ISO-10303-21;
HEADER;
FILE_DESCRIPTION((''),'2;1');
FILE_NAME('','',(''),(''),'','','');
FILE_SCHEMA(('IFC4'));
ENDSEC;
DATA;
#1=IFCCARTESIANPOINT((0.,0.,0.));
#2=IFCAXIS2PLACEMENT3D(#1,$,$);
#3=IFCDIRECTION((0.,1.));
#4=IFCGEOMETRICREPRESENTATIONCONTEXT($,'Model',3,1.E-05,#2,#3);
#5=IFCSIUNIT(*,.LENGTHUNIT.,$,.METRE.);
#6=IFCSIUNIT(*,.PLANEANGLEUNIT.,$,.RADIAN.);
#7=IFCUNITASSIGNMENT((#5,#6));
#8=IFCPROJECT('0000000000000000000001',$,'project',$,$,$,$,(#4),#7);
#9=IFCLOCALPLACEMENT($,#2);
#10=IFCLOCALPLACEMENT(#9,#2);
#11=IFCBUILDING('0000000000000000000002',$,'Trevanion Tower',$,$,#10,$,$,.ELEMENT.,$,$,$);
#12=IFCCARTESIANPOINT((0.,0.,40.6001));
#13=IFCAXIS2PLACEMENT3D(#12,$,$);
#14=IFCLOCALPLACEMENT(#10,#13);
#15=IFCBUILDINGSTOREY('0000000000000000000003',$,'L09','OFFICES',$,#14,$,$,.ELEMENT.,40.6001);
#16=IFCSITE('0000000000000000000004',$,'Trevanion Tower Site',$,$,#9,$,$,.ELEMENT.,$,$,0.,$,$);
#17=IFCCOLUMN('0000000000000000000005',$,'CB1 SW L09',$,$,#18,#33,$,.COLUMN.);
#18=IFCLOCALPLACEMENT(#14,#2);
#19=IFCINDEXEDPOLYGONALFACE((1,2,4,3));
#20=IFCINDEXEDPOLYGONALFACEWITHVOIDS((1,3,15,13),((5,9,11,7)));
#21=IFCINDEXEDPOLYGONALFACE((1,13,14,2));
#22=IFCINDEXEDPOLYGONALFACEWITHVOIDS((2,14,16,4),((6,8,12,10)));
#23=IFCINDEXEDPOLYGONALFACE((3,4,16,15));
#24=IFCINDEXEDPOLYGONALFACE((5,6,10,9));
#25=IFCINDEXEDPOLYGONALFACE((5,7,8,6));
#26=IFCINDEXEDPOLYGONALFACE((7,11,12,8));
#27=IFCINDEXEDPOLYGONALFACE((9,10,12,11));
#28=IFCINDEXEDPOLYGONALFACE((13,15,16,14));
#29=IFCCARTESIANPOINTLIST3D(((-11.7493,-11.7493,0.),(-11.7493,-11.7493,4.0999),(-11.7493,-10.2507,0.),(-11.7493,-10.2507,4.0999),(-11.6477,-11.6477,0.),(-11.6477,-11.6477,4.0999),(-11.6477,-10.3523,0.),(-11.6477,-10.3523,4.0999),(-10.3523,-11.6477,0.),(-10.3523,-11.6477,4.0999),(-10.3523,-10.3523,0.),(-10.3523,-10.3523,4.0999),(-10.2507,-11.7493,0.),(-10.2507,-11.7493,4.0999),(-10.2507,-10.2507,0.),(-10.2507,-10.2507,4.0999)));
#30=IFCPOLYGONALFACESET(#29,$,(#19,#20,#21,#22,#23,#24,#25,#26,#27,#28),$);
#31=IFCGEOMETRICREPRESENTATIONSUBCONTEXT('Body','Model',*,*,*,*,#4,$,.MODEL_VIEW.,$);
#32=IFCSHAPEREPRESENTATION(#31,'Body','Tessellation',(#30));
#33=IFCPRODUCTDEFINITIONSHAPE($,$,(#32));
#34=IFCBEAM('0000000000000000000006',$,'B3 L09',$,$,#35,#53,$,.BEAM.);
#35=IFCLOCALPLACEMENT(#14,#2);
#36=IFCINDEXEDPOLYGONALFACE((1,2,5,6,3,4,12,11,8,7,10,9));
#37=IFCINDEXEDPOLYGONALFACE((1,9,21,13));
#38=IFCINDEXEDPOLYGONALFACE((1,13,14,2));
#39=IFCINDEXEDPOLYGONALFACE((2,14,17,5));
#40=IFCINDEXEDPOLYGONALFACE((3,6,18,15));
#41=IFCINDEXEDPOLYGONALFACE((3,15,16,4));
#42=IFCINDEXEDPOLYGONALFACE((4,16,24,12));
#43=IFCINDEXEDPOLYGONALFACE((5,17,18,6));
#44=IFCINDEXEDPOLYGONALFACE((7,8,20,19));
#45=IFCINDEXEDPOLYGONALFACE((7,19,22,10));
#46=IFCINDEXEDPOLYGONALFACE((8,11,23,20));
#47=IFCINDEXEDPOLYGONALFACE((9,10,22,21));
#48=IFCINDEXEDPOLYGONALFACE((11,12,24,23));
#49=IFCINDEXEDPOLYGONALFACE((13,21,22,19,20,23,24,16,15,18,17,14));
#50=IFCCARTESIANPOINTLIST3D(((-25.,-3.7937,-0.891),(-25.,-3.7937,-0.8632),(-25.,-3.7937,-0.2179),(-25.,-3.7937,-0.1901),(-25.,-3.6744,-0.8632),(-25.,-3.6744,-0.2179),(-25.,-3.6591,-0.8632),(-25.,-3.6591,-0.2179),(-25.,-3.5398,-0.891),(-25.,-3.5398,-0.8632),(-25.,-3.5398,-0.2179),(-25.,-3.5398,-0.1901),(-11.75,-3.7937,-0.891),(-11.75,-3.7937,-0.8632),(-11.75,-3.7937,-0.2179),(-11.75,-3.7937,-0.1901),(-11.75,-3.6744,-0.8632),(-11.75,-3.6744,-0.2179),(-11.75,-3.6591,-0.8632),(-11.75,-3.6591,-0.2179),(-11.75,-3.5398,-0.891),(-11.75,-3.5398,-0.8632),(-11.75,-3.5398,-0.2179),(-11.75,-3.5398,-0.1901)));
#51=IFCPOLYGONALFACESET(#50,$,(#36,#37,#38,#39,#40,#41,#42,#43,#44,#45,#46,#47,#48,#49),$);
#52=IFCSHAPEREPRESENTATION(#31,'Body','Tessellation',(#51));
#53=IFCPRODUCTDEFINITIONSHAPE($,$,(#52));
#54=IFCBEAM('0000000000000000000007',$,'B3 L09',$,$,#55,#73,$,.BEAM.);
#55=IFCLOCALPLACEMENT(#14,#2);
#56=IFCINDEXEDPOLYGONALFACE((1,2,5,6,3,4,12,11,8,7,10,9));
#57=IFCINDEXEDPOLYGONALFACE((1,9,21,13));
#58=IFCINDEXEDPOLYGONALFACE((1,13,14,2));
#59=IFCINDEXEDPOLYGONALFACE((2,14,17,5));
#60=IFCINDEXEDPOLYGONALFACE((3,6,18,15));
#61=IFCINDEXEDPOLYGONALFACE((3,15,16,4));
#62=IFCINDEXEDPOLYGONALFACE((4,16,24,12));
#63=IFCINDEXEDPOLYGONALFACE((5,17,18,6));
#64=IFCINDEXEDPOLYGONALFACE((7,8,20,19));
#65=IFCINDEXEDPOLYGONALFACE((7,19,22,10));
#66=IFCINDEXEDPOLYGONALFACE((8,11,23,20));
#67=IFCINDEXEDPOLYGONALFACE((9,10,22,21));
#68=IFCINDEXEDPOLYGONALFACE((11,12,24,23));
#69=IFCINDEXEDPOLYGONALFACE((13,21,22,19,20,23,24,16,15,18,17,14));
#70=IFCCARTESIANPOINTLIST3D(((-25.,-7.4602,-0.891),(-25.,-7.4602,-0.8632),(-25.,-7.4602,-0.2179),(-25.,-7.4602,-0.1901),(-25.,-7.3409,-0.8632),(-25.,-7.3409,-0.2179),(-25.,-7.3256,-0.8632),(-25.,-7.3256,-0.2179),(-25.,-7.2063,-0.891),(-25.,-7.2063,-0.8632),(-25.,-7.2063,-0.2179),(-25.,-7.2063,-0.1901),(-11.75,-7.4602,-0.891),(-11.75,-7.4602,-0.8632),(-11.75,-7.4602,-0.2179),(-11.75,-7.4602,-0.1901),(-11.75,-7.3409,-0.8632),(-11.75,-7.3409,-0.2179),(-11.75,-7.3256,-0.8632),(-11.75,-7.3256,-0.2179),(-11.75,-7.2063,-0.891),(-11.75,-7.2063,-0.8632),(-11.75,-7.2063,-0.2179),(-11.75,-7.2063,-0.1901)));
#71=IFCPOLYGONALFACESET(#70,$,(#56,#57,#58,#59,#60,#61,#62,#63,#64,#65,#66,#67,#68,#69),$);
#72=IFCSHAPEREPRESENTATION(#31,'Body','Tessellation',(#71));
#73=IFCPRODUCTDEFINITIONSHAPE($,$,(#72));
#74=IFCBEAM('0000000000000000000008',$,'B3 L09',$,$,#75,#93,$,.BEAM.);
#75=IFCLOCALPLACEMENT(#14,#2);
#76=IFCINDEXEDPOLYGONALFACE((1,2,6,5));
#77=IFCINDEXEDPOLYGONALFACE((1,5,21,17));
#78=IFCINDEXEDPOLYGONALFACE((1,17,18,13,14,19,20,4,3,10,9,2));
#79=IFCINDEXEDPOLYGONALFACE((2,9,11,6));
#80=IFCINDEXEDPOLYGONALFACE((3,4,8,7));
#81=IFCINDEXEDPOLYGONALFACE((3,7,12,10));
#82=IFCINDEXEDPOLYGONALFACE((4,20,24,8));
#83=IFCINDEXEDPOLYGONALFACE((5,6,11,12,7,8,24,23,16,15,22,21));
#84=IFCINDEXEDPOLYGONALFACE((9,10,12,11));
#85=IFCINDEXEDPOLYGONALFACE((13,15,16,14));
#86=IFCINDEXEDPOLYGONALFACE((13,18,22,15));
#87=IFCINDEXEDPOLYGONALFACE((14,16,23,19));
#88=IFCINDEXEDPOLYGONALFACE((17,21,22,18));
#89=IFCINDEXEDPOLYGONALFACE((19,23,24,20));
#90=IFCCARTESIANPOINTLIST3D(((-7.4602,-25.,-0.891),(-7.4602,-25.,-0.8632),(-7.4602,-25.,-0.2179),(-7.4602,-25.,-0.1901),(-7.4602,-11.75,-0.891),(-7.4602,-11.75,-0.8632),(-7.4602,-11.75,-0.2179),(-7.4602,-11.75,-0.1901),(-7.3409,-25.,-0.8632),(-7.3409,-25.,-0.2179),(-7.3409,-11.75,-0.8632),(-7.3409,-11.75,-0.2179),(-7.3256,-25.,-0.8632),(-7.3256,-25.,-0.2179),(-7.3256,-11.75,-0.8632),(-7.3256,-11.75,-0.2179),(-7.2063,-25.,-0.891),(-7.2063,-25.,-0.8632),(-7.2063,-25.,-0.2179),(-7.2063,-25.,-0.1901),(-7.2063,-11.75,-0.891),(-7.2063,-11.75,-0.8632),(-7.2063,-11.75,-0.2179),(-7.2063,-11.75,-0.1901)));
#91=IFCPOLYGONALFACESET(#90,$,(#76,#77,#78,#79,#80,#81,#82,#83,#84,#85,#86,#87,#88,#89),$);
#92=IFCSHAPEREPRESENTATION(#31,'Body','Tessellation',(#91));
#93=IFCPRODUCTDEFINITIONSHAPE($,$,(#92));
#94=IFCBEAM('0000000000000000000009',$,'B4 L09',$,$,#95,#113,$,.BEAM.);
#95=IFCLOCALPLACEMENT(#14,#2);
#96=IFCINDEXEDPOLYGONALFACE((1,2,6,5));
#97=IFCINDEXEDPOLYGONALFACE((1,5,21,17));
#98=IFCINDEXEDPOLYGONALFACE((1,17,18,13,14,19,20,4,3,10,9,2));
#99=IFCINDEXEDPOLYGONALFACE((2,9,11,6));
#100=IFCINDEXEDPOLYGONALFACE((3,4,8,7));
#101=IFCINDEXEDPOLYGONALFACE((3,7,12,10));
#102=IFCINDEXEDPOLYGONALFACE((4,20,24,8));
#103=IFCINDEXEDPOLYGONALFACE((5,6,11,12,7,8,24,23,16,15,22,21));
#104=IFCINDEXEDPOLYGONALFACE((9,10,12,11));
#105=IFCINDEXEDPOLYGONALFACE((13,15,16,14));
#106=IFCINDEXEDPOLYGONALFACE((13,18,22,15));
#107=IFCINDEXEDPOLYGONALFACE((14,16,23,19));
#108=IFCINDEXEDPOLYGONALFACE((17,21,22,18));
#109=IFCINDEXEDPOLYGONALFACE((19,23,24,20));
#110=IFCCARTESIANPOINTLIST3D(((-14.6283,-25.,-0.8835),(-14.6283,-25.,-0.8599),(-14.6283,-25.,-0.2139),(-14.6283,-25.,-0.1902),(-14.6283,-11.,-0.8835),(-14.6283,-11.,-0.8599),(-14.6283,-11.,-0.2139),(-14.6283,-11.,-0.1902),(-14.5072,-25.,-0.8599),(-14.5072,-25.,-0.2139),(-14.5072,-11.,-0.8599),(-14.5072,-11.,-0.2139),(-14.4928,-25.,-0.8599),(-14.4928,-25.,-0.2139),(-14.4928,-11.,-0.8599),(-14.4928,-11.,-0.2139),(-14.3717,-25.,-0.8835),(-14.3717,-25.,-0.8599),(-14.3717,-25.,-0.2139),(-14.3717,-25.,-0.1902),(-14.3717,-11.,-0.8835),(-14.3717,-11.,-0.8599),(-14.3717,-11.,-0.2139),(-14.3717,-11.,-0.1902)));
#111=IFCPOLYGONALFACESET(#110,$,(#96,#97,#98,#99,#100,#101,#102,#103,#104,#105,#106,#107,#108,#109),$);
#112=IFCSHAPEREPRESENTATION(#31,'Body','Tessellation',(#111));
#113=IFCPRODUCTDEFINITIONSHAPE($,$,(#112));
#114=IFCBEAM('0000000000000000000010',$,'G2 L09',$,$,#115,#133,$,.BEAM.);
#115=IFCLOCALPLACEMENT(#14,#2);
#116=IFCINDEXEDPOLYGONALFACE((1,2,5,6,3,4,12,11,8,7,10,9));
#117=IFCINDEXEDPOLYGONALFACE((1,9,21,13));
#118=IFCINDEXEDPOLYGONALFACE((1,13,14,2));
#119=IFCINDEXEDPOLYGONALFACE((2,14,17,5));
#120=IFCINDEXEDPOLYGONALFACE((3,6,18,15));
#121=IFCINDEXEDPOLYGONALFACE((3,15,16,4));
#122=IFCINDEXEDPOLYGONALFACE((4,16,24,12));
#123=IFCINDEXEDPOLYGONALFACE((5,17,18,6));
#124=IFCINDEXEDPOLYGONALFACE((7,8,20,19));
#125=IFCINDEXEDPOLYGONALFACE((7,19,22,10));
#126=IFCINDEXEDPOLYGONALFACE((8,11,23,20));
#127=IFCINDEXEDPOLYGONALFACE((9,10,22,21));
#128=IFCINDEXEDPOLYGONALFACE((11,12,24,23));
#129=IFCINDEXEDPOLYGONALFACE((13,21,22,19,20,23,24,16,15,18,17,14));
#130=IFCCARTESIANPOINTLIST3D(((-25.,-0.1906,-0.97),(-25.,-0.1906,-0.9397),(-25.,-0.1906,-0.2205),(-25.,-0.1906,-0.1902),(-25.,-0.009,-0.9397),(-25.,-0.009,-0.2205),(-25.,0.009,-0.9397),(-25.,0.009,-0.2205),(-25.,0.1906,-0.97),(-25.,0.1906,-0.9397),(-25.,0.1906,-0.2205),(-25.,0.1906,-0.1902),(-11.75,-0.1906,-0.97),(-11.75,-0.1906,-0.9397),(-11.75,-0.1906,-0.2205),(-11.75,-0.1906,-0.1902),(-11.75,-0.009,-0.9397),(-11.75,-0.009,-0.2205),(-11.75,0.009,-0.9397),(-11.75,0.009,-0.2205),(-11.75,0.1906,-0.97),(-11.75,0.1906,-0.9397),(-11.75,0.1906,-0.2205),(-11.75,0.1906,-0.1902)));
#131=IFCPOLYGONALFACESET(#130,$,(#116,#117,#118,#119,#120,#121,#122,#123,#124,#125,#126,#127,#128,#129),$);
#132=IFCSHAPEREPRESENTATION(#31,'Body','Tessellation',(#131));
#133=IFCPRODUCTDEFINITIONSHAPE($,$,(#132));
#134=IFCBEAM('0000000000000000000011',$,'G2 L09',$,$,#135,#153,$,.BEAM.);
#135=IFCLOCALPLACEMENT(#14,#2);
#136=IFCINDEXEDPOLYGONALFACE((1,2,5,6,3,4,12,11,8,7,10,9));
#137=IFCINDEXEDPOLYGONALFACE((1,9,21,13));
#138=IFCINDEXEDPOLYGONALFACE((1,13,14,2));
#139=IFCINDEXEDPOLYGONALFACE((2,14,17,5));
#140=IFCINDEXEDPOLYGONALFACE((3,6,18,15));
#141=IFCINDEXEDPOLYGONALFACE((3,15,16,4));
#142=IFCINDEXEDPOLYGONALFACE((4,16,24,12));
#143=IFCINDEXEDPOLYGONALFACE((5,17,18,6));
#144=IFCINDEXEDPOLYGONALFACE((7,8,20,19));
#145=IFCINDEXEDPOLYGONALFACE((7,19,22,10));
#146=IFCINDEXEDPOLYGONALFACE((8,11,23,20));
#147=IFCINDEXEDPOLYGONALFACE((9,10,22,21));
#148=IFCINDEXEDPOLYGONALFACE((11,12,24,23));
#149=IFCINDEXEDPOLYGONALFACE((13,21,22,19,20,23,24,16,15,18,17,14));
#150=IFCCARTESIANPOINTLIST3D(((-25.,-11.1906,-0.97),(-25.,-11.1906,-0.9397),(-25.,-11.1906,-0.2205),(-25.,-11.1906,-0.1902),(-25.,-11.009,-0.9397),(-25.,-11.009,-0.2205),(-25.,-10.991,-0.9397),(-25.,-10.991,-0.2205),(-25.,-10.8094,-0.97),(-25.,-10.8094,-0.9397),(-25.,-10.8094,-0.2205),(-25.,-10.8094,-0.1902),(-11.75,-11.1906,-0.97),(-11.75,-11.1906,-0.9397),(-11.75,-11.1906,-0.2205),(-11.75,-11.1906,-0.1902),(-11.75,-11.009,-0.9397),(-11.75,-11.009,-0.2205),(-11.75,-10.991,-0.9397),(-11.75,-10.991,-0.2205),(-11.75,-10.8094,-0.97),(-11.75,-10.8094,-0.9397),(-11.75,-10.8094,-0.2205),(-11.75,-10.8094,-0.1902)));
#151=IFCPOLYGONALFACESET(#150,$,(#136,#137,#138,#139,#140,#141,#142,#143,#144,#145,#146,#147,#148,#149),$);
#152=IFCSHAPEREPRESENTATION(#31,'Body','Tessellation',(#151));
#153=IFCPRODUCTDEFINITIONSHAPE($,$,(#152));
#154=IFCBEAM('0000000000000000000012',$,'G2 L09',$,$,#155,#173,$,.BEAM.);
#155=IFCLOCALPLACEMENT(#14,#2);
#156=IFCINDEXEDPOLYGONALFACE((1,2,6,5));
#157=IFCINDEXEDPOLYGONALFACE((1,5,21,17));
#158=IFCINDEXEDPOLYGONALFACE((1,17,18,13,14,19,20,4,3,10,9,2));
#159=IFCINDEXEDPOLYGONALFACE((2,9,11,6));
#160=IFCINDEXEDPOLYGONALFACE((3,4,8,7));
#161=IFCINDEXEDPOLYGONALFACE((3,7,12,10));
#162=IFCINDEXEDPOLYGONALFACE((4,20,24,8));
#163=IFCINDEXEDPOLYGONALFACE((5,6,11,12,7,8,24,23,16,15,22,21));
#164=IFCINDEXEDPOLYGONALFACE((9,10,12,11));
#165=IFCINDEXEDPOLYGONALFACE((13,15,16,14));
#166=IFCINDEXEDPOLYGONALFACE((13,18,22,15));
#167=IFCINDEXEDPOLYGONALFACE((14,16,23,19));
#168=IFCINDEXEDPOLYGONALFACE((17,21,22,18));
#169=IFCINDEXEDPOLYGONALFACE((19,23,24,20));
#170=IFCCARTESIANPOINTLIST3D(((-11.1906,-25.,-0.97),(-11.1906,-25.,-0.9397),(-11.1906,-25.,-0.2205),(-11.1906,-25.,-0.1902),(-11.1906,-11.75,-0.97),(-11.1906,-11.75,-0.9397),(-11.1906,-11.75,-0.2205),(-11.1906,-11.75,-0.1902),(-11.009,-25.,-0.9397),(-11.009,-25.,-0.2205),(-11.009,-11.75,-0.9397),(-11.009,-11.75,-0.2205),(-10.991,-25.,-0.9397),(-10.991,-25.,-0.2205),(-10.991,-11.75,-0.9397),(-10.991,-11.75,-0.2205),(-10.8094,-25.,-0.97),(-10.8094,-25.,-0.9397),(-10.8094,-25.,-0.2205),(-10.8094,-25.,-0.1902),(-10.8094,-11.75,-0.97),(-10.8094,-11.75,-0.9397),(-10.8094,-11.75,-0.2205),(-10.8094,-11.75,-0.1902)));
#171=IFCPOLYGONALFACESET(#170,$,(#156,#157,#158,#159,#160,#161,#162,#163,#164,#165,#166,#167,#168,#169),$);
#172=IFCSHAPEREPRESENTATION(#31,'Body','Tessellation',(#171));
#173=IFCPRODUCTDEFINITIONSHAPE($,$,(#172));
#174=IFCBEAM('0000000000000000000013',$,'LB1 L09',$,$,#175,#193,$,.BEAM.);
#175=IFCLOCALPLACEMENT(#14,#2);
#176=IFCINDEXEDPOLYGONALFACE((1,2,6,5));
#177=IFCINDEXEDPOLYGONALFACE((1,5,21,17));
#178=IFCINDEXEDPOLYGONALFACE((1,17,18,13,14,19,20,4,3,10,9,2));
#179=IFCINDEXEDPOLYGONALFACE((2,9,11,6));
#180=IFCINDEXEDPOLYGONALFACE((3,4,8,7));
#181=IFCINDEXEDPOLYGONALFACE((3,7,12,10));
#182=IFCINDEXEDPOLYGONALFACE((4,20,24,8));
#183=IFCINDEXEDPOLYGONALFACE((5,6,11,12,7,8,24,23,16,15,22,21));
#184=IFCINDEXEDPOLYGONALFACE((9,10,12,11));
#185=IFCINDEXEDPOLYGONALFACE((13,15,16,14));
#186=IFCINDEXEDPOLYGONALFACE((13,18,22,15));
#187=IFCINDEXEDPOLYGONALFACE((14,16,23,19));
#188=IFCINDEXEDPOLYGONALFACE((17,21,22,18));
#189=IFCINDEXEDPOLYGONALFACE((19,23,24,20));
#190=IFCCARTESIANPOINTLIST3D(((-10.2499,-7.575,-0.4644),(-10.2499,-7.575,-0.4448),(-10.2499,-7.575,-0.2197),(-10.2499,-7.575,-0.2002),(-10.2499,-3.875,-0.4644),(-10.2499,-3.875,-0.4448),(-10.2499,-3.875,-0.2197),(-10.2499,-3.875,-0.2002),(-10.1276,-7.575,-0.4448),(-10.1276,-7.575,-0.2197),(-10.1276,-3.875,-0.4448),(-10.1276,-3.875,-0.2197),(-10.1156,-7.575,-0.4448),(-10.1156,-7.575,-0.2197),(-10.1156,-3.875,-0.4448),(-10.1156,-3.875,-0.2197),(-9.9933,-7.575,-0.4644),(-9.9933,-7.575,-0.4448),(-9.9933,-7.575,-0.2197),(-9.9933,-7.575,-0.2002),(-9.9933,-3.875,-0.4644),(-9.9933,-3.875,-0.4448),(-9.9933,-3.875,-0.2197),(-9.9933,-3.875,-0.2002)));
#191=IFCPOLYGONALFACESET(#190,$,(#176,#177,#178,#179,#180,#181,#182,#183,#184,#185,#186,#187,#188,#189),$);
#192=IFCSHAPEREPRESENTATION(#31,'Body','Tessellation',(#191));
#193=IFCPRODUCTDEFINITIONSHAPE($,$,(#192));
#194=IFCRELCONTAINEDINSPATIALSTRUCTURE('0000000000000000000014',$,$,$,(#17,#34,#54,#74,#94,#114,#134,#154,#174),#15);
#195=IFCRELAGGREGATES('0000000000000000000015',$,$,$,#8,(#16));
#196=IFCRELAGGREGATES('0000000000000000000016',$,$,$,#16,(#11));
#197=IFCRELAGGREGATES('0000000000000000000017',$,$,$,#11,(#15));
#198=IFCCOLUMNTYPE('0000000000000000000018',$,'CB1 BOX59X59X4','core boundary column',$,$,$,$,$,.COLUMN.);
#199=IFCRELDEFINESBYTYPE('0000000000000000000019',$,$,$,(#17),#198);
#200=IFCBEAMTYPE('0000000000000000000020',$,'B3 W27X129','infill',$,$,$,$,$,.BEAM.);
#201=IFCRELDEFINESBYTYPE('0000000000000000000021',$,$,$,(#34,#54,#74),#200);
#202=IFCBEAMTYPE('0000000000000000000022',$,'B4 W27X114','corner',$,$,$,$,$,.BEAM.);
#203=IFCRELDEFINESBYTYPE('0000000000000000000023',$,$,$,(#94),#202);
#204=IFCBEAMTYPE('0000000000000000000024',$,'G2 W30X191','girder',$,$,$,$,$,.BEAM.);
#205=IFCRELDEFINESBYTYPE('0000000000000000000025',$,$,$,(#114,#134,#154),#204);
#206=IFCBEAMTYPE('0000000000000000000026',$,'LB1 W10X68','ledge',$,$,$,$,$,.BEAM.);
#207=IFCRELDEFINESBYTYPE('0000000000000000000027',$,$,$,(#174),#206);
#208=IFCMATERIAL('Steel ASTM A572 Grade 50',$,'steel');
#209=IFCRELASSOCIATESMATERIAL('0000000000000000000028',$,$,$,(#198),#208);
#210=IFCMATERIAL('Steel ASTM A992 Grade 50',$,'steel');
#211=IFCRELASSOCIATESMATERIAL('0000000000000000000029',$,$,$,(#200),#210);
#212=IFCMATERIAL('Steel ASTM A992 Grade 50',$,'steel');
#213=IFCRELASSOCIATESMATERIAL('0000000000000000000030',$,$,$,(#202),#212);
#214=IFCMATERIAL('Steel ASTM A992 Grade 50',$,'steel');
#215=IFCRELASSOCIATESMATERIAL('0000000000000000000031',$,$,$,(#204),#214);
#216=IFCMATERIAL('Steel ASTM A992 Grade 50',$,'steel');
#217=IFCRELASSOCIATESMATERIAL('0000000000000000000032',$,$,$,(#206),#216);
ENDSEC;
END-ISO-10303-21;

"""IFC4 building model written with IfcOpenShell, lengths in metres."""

from ifc_helpers import new_model, si_unit, direction, frame, origin, origin_2d, place, context, subcontext, project, spatial, hollow_rectangle, i_section, extrude, material, material_profile, profile_set, type_object, element, save


model = new_model("IFC4")

# Units and contexts
model_context = context("Model", 3, precision=1e-05, world=origin(), true_north=direction((0.0, 1.0)))
body_context = subcontext(model_context, "Body", "Model", "MODEL_VIEW")
ifc_project = project(units=[si_unit("LENGTHUNIT", "METRE"), si_unit("PLANEANGLEUNIT", "RADIAN")], contexts=[model_context])

# Site, building, storey
site_placement = place(None, origin())
site = spatial("IfcSite", under=ifc_project, at=site_placement, Name="Trevanion Tower Site", CompositionType="ELEMENT", RefElevation=0.0)
building_placement = place(site_placement, origin())
building = spatial("IfcBuilding", under=site, at=building_placement, Name="Trevanion Tower", CompositionType="ELEMENT")
storey_placement = place(building_placement, frame((0.0, 0.0, 40.6001)))
storey = spatial("IfcBuildingStorey", under=building, at=storey_placement, Name="L09", Description="OFFICES", CompositionType="ELEMENT", Elevation=40.6001)

# Column
ifc_material_1 = material(Name="Steel ASTM A572 Grade 50", Category="steel")
ifc_material_profile_1 = material_profile(ifc_material_1, hollow_rectangle(XDim=1.4985, YDim=1.4985, WallThickness=0.1016, at=origin_2d()), Name="BOX59X59X4")
ifc_profile_set_1 = profile_set([ifc_material_profile_1], Name="Steel ASTM A572 Grade 50")
column_type = type_object("IfcColumnType", Name="CB1 BOX59X59X4", Description="core boundary column", PredefinedType="COLUMN", material=ifc_profile_set_1)
column_placement = place(storey_placement, frame((-11.0, -11.0, 0.0), z_axis=(0.0, 0.0, 1.0), x_axis=(1.0, 0.0, 0.0)))
element("IfcColumn", 1, at=column_placement, inside=storey, type_object=column_type, Name="CB1 SW L09", PredefinedType="COLUMN", context=body_context, shape_type="SweptSolid", body=[
    extrude(hollow_rectangle(XDim=1.4985, YDim=1.4985, WallThickness=0.1016, at=origin_2d()), origin(), (0.0, 0.0, 1.0), 4.0999),
])

# Beams
ifc_material_2 = material(Name="Steel ASTM A992 Grade 50", Category="steel")
ifc_material_profile_2 = material_profile(ifc_material_2, i_section(OverallWidth=0.2539, OverallDepth=0.7009, WebThickness=0.0154, FlangeThickness=0.0278, at=origin_2d()), Name="W27X129")
ifc_profile_set_2 = profile_set([ifc_material_profile_2], Name="Steel ASTM A992 Grade 50")
beam_type_1 = type_object("IfcBeamType", Name="B3 W27X129", Description="infill", PredefinedType="BEAM", material=ifc_profile_set_2)
for number, where, z_axis, x_axis, name in (
    (2, (-11.75, -3.6667, -0.5405), (-1.0, 0.0, 0.0), (0.0, -1.0, 0.0), "B3 L09"),
    (3, (-11.75, -7.3333, -0.5405), (-1.0, 0.0, 0.0), (0.0, -1.0, 0.0), "B3 L09"),
    (4, (-7.3333, -11.75, -0.5405), (0.0, -1.0, 0.0), (1.0, 0.0, 0.0), "B3 L09"),
):
    element("IfcBeam", number, at=place(storey_placement, frame(where, z_axis=z_axis, x_axis=x_axis)), inside=storey, type_object=beam_type_1, Name=name, PredefinedType="BEAM", context=body_context, shape_type="SweptSolid", body=[
        extrude(i_section(OverallWidth=0.2539, OverallDepth=0.7009, WebThickness=0.0154, FlangeThickness=0.0278, at=origin_2d()), origin(), (0.0, 0.0, 1.0), 13.25),
    ])
ifc_material_3 = material(Name="Steel ASTM A992 Grade 50", Category="steel")
ifc_material_profile_3 = material_profile(ifc_material_3, i_section(OverallWidth=0.2566, OverallDepth=0.6934, WebThickness=0.0144, FlangeThickness=0.0237, at=origin_2d()), Name="W27X114")
ifc_profile_set_3 = profile_set([ifc_material_profile_3], Name="Steel ASTM A992 Grade 50")
beam_type_2 = type_object("IfcBeamType", Name="B4 W27X114", Description="corner", PredefinedType="BEAM", material=ifc_profile_set_3)
beam_placement = place(storey_placement, frame((-14.5, -11.0, -0.5369), z_axis=(0.0, -1.0, 0.0), x_axis=(1.0, 0.0, 0.0)))
element("IfcBeam", 5, at=beam_placement, inside=storey, type_object=beam_type_2, Name="B4 L09", PredefinedType="BEAM", context=body_context, shape_type="SweptSolid", body=[
    extrude(i_section(OverallWidth=0.2566, OverallDepth=0.6934, WebThickness=0.0144, FlangeThickness=0.0237, at=origin_2d()), origin(), (0.0, 0.0, 1.0), 14.0),
])
ifc_material_4 = material(Name="Steel ASTM A992 Grade 50", Category="steel")
ifc_material_profile_4 = material_profile(ifc_material_4, i_section(OverallWidth=0.3811, OverallDepth=0.7798, WebThickness=0.0181, FlangeThickness=0.0303, at=origin_2d()), Name="W30X191")
ifc_profile_set_4 = profile_set([ifc_material_profile_4], Name="Steel ASTM A992 Grade 50")
beam_type_3 = type_object("IfcBeamType", Name="G2 W30X191", Description="girder", PredefinedType="BEAM", material=ifc_profile_set_4)
for number, where, z_axis, x_axis, name in (
    (6, (-11.75, 0.0, -0.5801), (-1.0, 0.0, 0.0), (0.0, -1.0, 0.0), "G2 L09"),
    (7, (-11.75, -11.0, -0.5801), (-1.0, 0.0, 0.0), (0.0, -1.0, 0.0), "G2 L09"),
    (8, (-11.0, -11.75, -0.5801), (0.0, -1.0, 0.0), (1.0, 0.0, 0.0), "G2 L09"),
):
    element("IfcBeam", number, at=place(storey_placement, frame(where, z_axis=z_axis, x_axis=x_axis)), inside=storey, type_object=beam_type_3, Name=name, PredefinedType="BEAM", context=body_context, shape_type="SweptSolid", body=[
        extrude(i_section(OverallWidth=0.3811, OverallDepth=0.7798, WebThickness=0.0181, FlangeThickness=0.0303, at=origin_2d()), origin(), (0.0, 0.0, 1.0), 13.25),
    ])
ifc_material_5 = material(Name="Steel ASTM A992 Grade 50", Category="steel")
ifc_material_profile_5 = material_profile(ifc_material_5, i_section(OverallWidth=0.2566, OverallDepth=0.2642, WebThickness=0.012, FlangeThickness=0.0195, at=origin_2d()), Name="W10X68")
ifc_profile_set_5 = profile_set([ifc_material_profile_5], Name="Steel ASTM A992 Grade 50")
beam_type_4 = type_object("IfcBeamType", Name="LB1 W10X68", Description="ledge", PredefinedType="BEAM", material=ifc_profile_set_5)
for number, where, z_axis, x_axis, name in (
    (9, (-10.1216, -7.575, -0.3323), (0.0, 1.0, 0.0), (-1.0, 0.0, 0.0), "LB1 L09"),
):
    element("IfcBeam", number, at=place(storey_placement, frame(where, z_axis=z_axis, x_axis=x_axis)), inside=storey, type_object=beam_type_4, Name=name, PredefinedType="BEAM", context=body_context, shape_type="SweptSolid", body=[
        extrude(i_section(OverallWidth=0.2566, OverallDepth=0.2642, WebThickness=0.012, FlangeThickness=0.0195, at=origin_2d()), origin(), (0.0, 0.0, 1.0), 3.7),
    ])

save(model, "model.ifc")
